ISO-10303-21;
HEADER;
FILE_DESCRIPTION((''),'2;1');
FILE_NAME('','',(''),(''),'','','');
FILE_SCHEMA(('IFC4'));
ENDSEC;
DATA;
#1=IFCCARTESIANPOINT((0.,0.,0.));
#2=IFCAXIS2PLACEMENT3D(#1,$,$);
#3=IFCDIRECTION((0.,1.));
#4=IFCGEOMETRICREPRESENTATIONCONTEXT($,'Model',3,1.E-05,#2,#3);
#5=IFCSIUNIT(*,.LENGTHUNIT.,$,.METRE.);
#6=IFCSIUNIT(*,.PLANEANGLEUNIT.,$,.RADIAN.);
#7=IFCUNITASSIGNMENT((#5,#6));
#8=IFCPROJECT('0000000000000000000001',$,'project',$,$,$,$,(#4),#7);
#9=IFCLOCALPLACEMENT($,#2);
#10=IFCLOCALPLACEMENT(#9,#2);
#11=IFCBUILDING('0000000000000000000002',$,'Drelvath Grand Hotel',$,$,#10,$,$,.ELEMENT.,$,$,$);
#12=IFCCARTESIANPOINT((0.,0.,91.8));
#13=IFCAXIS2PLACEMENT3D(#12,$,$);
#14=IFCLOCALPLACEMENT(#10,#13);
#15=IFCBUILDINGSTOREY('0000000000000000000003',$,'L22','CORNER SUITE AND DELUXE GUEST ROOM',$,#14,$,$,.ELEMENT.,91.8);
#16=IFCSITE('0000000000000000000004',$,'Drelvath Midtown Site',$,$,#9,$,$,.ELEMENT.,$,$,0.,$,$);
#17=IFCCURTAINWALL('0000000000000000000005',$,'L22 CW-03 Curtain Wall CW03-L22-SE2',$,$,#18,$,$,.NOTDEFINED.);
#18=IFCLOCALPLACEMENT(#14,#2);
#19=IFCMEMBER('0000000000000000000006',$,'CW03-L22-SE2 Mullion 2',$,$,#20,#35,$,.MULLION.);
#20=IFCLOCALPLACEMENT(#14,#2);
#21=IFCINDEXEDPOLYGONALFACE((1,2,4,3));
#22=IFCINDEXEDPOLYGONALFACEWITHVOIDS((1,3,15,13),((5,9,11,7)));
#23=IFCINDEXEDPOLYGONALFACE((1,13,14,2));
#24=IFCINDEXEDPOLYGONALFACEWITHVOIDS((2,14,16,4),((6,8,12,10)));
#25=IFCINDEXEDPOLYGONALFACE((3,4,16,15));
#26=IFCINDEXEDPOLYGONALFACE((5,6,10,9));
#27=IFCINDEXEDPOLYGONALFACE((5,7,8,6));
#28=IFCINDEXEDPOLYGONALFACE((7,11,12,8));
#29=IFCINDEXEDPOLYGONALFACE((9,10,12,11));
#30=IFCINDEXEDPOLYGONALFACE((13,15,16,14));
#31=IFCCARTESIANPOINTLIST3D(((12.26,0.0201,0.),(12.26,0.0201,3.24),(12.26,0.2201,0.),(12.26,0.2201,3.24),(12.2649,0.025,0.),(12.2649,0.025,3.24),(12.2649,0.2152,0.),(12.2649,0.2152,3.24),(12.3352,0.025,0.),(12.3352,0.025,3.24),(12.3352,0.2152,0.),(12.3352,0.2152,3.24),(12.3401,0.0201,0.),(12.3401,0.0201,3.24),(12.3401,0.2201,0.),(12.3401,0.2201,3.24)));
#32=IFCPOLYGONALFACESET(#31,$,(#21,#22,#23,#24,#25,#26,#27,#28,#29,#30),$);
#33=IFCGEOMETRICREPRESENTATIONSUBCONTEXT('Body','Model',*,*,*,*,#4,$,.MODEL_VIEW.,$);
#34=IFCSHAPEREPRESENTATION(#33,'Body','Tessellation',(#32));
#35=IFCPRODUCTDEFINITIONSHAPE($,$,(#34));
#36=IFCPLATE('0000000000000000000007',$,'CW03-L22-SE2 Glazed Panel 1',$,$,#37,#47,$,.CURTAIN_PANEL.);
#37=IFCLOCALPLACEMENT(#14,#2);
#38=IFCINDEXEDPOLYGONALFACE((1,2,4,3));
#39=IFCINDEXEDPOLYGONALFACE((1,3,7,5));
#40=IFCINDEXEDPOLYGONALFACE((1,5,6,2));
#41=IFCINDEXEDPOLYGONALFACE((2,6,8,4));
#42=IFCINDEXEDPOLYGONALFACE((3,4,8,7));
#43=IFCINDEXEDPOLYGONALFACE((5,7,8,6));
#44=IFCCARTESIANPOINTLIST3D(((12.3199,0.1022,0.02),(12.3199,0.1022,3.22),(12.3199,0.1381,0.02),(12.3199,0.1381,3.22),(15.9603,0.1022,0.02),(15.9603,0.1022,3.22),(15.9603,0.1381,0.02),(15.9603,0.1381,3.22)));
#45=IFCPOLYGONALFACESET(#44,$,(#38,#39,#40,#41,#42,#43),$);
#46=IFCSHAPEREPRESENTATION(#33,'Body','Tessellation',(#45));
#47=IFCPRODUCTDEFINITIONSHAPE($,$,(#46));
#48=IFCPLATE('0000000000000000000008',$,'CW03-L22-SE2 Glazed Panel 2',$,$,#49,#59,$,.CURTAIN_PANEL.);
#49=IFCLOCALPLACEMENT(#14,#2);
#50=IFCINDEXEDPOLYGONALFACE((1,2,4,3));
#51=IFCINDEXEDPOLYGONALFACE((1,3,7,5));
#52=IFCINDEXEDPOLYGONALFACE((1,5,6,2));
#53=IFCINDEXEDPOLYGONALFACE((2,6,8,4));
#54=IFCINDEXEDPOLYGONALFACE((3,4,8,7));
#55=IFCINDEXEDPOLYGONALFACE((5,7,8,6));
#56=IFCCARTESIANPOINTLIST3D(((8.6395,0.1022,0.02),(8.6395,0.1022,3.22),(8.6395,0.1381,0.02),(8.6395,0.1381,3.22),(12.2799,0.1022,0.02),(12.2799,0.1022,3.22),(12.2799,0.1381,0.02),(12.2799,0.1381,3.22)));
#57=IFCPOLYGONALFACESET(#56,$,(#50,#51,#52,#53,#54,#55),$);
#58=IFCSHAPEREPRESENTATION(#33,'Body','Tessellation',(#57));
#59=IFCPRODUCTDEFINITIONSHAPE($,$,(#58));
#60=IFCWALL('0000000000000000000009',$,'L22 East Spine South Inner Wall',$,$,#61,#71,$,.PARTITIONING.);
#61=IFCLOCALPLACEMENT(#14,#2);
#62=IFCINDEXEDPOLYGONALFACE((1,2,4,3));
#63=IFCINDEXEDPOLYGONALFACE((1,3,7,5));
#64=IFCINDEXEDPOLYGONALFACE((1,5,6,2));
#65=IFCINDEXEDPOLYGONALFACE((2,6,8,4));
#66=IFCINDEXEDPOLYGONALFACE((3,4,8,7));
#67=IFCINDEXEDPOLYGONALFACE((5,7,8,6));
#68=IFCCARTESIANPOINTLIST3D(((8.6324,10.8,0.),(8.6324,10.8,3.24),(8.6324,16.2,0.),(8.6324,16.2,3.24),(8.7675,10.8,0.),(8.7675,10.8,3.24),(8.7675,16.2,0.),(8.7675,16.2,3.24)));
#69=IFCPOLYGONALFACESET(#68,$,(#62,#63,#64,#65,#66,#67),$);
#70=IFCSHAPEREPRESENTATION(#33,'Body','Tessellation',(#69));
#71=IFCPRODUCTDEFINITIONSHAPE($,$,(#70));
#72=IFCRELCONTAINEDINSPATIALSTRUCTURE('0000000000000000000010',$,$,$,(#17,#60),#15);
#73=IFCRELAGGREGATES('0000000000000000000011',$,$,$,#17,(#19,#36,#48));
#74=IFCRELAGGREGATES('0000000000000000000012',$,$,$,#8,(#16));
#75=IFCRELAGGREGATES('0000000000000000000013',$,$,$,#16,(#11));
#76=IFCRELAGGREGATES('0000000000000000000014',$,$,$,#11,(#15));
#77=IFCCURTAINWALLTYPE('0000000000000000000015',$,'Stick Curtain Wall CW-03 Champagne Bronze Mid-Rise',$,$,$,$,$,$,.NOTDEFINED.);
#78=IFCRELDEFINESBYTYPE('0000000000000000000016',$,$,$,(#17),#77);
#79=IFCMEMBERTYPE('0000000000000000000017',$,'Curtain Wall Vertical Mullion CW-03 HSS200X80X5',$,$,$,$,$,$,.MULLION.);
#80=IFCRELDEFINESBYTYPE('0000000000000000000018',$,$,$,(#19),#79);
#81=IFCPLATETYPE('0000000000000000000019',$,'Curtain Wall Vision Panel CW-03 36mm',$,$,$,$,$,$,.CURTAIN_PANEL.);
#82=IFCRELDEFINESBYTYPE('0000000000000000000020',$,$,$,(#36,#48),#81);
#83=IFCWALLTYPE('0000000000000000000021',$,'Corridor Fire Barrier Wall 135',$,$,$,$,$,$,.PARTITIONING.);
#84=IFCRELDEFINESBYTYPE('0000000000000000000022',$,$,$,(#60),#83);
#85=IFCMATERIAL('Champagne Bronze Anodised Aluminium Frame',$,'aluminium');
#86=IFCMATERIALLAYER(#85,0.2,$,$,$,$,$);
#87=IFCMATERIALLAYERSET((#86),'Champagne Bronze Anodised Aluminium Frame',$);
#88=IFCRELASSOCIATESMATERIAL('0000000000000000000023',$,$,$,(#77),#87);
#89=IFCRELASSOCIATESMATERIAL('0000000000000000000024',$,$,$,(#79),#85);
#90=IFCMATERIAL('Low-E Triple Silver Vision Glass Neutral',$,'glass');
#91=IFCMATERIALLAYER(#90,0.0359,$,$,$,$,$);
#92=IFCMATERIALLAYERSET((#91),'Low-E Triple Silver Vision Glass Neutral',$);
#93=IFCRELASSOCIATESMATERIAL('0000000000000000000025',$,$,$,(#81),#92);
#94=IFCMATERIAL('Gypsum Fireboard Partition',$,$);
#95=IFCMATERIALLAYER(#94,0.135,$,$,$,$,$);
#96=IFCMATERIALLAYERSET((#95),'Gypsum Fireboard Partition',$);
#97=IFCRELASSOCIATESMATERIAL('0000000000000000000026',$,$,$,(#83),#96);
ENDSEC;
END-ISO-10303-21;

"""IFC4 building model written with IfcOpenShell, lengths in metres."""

from ifc_helpers import new_model, si_unit, direction, frame, frame_2d, origin, origin_2d, place, context, subcontext, project, spatial, rectangle, hollow_rectangle, extrude, material, layer, layer_set, material_profile, profile_set, type_object, element, aggregate, save


model = new_model("IFC4")

# Units and contexts
model_context = context("Model", 3, precision=1e-05, world=origin(), true_north=direction((0.0, 1.0)))
body_context = subcontext(model_context, "Body", "Model", "MODEL_VIEW")
ifc_project = project(units=[si_unit("LENGTHUNIT", "METRE"), si_unit("PLANEANGLEUNIT", "RADIAN")], contexts=[model_context])

# Site, building, storey
site_placement = place(None, origin())
site = spatial("IfcSite", under=ifc_project, at=site_placement, Name="Drelvath Midtown Site", CompositionType="ELEMENT", RefElevation=0.0)
building_placement = place(site_placement, origin())
building = spatial("IfcBuilding", under=site, at=building_placement, Name="Drelvath Grand Hotel", CompositionType="ELEMENT")
storey_placement = place(building_placement, frame((0.0, 0.0, 91.8)))
storey = spatial("IfcBuildingStorey", under=building, at=storey_placement, Name="L22", Description="CORNER SUITE AND DELUXE GUEST ROOM", CompositionType="ELEMENT", Elevation=91.8)

# Curtain wall, member, plates
ifc_material_1 = material(Name="Champagne Bronze Anodised Aluminium Frame", Category="aluminium")
ifc_layer_1 = layer(ifc_material_1, 0.2)
ifc_layer_set_1 = layer_set([ifc_layer_1], Name="Champagne Bronze Anodised Aluminium Frame")
curtain_wall_type = type_object("IfcCurtainWallType", Name="Stick Curtain Wall CW-03 Champagne Bronze Mid-Rise", PredefinedType="NOTDEFINED", material=ifc_layer_set_1)
curtain_wall_placement = place(storey_placement, origin())
curtain_wall = element("IfcCurtainWall", 1, at=curtain_wall_placement, inside=storey, type_object=curtain_wall_type, Name="L22 CW-03 Curtain Wall CW03-L22-SE2", PredefinedType="NOTDEFINED")
ifc_material_profile = material_profile(ifc_material_1, hollow_rectangle(XDim=0.0801, YDim=0.2, WallThickness=0.0049, at=origin_2d()), Name="HSS200X80X5")
ifc_profile_set = profile_set([ifc_material_profile], Name="Champagne Bronze Anodised Aluminium Frame")
member_type = type_object("IfcMemberType", Name="Curtain Wall Vertical Mullion CW-03 HSS200X80X5", PredefinedType="MULLION", material=ifc_profile_set)
member_placement = place(storey_placement, frame((12.3, 0.1201, 0.0), z_axis=(0.0, 0.0, 1.0), x_axis=(1.0, 0.0, 0.0)))
member = element("IfcMember", 2, at=member_placement, type_object=member_type, Name="CW03-L22-SE2 Mullion 2", PredefinedType="MULLION", context=body_context, shape_type="SweptSolid", body=[
    extrude(hollow_rectangle(XDim=0.0801, YDim=0.2, WallThickness=0.0049, at=origin_2d()), origin(), (0.0, 0.0, 1.0), 3.24),
])
ifc_material_2 = material(Name="Low-E Triple Silver Vision Glass Neutral", Category="glass")
ifc_layer_2 = layer(ifc_material_2, 0.0359)
ifc_layer_set_2 = layer_set([ifc_layer_2], Name="Low-E Triple Silver Vision Glass Neutral")
plate_type = type_object("IfcPlateType", Name="Curtain Wall Vision Panel CW-03 36mm", PredefinedType="CURTAIN_PANEL", material=ifc_layer_set_2)
plate_1_placement = place(storey_placement, frame((14.1401, 0.1201, 0.02), z_axis=(0.0, 0.0, 1.0), x_axis=(-1.0, 0.0, 0.0)))
plate_1 = element("IfcPlate", 3, at=plate_1_placement, type_object=plate_type, Name="CW03-L22-SE2 Glazed Panel 1", PredefinedType="CURTAIN_PANEL", context=body_context, shape_type="SweptSolid", body=[
    extrude(rectangle(XDim=3.6404, YDim=0.0359, at=origin_2d()), origin(), (0.0, 0.0, 1.0), 3.2),
])
plate_2_placement = place(storey_placement, frame((10.4597, 0.1201, 0.02), z_axis=(0.0, 0.0, 1.0), x_axis=(-1.0, 0.0, 0.0)))
plate_2 = element("IfcPlate", 4, at=plate_2_placement, type_object=plate_type, Name="CW03-L22-SE2 Glazed Panel 2", PredefinedType="CURTAIN_PANEL", context=body_context, shape_type="SweptSolid", body=[
    extrude(rectangle(XDim=3.6404, YDim=0.0359, at=origin_2d()), origin(), (0.0, 0.0, 1.0), 3.2),
])
aggregate(curtain_wall, [member, plate_1, plate_2])

# Wall
ifc_material_3 = material(Name="Gypsum Fireboard Partition")
ifc_layer_3 = layer(ifc_material_3, 0.135)
ifc_layer_set_3 = layer_set([ifc_layer_3], Name="Gypsum Fireboard Partition")
wall_type_1 = type_object("IfcWallType", Name="Corridor Fire Barrier Wall 135", PredefinedType="PARTITIONING", material=ifc_layer_set_3)
wall_1_placement = place(storey_placement, frame((8.7, 10.8, 0.0), z_axis=(0.0, 0.0, 1.0), x_axis=(0.0, 1.0, 0.0)))
element("IfcWall", 5, at=wall_1_placement, inside=storey, type_object=wall_type_1, Name="L22 East Spine South Inner Wall", PredefinedType="PARTITIONING", context=body_context, shape_type="SweptSolid", body=[
    extrude(rectangle(XDim=5.3999, YDim=0.135, at=frame_2d((2.7, 0.0))), origin(), (0.0, 0.0, 1.0), 3.24),
])

save(model, "model.ifc")
